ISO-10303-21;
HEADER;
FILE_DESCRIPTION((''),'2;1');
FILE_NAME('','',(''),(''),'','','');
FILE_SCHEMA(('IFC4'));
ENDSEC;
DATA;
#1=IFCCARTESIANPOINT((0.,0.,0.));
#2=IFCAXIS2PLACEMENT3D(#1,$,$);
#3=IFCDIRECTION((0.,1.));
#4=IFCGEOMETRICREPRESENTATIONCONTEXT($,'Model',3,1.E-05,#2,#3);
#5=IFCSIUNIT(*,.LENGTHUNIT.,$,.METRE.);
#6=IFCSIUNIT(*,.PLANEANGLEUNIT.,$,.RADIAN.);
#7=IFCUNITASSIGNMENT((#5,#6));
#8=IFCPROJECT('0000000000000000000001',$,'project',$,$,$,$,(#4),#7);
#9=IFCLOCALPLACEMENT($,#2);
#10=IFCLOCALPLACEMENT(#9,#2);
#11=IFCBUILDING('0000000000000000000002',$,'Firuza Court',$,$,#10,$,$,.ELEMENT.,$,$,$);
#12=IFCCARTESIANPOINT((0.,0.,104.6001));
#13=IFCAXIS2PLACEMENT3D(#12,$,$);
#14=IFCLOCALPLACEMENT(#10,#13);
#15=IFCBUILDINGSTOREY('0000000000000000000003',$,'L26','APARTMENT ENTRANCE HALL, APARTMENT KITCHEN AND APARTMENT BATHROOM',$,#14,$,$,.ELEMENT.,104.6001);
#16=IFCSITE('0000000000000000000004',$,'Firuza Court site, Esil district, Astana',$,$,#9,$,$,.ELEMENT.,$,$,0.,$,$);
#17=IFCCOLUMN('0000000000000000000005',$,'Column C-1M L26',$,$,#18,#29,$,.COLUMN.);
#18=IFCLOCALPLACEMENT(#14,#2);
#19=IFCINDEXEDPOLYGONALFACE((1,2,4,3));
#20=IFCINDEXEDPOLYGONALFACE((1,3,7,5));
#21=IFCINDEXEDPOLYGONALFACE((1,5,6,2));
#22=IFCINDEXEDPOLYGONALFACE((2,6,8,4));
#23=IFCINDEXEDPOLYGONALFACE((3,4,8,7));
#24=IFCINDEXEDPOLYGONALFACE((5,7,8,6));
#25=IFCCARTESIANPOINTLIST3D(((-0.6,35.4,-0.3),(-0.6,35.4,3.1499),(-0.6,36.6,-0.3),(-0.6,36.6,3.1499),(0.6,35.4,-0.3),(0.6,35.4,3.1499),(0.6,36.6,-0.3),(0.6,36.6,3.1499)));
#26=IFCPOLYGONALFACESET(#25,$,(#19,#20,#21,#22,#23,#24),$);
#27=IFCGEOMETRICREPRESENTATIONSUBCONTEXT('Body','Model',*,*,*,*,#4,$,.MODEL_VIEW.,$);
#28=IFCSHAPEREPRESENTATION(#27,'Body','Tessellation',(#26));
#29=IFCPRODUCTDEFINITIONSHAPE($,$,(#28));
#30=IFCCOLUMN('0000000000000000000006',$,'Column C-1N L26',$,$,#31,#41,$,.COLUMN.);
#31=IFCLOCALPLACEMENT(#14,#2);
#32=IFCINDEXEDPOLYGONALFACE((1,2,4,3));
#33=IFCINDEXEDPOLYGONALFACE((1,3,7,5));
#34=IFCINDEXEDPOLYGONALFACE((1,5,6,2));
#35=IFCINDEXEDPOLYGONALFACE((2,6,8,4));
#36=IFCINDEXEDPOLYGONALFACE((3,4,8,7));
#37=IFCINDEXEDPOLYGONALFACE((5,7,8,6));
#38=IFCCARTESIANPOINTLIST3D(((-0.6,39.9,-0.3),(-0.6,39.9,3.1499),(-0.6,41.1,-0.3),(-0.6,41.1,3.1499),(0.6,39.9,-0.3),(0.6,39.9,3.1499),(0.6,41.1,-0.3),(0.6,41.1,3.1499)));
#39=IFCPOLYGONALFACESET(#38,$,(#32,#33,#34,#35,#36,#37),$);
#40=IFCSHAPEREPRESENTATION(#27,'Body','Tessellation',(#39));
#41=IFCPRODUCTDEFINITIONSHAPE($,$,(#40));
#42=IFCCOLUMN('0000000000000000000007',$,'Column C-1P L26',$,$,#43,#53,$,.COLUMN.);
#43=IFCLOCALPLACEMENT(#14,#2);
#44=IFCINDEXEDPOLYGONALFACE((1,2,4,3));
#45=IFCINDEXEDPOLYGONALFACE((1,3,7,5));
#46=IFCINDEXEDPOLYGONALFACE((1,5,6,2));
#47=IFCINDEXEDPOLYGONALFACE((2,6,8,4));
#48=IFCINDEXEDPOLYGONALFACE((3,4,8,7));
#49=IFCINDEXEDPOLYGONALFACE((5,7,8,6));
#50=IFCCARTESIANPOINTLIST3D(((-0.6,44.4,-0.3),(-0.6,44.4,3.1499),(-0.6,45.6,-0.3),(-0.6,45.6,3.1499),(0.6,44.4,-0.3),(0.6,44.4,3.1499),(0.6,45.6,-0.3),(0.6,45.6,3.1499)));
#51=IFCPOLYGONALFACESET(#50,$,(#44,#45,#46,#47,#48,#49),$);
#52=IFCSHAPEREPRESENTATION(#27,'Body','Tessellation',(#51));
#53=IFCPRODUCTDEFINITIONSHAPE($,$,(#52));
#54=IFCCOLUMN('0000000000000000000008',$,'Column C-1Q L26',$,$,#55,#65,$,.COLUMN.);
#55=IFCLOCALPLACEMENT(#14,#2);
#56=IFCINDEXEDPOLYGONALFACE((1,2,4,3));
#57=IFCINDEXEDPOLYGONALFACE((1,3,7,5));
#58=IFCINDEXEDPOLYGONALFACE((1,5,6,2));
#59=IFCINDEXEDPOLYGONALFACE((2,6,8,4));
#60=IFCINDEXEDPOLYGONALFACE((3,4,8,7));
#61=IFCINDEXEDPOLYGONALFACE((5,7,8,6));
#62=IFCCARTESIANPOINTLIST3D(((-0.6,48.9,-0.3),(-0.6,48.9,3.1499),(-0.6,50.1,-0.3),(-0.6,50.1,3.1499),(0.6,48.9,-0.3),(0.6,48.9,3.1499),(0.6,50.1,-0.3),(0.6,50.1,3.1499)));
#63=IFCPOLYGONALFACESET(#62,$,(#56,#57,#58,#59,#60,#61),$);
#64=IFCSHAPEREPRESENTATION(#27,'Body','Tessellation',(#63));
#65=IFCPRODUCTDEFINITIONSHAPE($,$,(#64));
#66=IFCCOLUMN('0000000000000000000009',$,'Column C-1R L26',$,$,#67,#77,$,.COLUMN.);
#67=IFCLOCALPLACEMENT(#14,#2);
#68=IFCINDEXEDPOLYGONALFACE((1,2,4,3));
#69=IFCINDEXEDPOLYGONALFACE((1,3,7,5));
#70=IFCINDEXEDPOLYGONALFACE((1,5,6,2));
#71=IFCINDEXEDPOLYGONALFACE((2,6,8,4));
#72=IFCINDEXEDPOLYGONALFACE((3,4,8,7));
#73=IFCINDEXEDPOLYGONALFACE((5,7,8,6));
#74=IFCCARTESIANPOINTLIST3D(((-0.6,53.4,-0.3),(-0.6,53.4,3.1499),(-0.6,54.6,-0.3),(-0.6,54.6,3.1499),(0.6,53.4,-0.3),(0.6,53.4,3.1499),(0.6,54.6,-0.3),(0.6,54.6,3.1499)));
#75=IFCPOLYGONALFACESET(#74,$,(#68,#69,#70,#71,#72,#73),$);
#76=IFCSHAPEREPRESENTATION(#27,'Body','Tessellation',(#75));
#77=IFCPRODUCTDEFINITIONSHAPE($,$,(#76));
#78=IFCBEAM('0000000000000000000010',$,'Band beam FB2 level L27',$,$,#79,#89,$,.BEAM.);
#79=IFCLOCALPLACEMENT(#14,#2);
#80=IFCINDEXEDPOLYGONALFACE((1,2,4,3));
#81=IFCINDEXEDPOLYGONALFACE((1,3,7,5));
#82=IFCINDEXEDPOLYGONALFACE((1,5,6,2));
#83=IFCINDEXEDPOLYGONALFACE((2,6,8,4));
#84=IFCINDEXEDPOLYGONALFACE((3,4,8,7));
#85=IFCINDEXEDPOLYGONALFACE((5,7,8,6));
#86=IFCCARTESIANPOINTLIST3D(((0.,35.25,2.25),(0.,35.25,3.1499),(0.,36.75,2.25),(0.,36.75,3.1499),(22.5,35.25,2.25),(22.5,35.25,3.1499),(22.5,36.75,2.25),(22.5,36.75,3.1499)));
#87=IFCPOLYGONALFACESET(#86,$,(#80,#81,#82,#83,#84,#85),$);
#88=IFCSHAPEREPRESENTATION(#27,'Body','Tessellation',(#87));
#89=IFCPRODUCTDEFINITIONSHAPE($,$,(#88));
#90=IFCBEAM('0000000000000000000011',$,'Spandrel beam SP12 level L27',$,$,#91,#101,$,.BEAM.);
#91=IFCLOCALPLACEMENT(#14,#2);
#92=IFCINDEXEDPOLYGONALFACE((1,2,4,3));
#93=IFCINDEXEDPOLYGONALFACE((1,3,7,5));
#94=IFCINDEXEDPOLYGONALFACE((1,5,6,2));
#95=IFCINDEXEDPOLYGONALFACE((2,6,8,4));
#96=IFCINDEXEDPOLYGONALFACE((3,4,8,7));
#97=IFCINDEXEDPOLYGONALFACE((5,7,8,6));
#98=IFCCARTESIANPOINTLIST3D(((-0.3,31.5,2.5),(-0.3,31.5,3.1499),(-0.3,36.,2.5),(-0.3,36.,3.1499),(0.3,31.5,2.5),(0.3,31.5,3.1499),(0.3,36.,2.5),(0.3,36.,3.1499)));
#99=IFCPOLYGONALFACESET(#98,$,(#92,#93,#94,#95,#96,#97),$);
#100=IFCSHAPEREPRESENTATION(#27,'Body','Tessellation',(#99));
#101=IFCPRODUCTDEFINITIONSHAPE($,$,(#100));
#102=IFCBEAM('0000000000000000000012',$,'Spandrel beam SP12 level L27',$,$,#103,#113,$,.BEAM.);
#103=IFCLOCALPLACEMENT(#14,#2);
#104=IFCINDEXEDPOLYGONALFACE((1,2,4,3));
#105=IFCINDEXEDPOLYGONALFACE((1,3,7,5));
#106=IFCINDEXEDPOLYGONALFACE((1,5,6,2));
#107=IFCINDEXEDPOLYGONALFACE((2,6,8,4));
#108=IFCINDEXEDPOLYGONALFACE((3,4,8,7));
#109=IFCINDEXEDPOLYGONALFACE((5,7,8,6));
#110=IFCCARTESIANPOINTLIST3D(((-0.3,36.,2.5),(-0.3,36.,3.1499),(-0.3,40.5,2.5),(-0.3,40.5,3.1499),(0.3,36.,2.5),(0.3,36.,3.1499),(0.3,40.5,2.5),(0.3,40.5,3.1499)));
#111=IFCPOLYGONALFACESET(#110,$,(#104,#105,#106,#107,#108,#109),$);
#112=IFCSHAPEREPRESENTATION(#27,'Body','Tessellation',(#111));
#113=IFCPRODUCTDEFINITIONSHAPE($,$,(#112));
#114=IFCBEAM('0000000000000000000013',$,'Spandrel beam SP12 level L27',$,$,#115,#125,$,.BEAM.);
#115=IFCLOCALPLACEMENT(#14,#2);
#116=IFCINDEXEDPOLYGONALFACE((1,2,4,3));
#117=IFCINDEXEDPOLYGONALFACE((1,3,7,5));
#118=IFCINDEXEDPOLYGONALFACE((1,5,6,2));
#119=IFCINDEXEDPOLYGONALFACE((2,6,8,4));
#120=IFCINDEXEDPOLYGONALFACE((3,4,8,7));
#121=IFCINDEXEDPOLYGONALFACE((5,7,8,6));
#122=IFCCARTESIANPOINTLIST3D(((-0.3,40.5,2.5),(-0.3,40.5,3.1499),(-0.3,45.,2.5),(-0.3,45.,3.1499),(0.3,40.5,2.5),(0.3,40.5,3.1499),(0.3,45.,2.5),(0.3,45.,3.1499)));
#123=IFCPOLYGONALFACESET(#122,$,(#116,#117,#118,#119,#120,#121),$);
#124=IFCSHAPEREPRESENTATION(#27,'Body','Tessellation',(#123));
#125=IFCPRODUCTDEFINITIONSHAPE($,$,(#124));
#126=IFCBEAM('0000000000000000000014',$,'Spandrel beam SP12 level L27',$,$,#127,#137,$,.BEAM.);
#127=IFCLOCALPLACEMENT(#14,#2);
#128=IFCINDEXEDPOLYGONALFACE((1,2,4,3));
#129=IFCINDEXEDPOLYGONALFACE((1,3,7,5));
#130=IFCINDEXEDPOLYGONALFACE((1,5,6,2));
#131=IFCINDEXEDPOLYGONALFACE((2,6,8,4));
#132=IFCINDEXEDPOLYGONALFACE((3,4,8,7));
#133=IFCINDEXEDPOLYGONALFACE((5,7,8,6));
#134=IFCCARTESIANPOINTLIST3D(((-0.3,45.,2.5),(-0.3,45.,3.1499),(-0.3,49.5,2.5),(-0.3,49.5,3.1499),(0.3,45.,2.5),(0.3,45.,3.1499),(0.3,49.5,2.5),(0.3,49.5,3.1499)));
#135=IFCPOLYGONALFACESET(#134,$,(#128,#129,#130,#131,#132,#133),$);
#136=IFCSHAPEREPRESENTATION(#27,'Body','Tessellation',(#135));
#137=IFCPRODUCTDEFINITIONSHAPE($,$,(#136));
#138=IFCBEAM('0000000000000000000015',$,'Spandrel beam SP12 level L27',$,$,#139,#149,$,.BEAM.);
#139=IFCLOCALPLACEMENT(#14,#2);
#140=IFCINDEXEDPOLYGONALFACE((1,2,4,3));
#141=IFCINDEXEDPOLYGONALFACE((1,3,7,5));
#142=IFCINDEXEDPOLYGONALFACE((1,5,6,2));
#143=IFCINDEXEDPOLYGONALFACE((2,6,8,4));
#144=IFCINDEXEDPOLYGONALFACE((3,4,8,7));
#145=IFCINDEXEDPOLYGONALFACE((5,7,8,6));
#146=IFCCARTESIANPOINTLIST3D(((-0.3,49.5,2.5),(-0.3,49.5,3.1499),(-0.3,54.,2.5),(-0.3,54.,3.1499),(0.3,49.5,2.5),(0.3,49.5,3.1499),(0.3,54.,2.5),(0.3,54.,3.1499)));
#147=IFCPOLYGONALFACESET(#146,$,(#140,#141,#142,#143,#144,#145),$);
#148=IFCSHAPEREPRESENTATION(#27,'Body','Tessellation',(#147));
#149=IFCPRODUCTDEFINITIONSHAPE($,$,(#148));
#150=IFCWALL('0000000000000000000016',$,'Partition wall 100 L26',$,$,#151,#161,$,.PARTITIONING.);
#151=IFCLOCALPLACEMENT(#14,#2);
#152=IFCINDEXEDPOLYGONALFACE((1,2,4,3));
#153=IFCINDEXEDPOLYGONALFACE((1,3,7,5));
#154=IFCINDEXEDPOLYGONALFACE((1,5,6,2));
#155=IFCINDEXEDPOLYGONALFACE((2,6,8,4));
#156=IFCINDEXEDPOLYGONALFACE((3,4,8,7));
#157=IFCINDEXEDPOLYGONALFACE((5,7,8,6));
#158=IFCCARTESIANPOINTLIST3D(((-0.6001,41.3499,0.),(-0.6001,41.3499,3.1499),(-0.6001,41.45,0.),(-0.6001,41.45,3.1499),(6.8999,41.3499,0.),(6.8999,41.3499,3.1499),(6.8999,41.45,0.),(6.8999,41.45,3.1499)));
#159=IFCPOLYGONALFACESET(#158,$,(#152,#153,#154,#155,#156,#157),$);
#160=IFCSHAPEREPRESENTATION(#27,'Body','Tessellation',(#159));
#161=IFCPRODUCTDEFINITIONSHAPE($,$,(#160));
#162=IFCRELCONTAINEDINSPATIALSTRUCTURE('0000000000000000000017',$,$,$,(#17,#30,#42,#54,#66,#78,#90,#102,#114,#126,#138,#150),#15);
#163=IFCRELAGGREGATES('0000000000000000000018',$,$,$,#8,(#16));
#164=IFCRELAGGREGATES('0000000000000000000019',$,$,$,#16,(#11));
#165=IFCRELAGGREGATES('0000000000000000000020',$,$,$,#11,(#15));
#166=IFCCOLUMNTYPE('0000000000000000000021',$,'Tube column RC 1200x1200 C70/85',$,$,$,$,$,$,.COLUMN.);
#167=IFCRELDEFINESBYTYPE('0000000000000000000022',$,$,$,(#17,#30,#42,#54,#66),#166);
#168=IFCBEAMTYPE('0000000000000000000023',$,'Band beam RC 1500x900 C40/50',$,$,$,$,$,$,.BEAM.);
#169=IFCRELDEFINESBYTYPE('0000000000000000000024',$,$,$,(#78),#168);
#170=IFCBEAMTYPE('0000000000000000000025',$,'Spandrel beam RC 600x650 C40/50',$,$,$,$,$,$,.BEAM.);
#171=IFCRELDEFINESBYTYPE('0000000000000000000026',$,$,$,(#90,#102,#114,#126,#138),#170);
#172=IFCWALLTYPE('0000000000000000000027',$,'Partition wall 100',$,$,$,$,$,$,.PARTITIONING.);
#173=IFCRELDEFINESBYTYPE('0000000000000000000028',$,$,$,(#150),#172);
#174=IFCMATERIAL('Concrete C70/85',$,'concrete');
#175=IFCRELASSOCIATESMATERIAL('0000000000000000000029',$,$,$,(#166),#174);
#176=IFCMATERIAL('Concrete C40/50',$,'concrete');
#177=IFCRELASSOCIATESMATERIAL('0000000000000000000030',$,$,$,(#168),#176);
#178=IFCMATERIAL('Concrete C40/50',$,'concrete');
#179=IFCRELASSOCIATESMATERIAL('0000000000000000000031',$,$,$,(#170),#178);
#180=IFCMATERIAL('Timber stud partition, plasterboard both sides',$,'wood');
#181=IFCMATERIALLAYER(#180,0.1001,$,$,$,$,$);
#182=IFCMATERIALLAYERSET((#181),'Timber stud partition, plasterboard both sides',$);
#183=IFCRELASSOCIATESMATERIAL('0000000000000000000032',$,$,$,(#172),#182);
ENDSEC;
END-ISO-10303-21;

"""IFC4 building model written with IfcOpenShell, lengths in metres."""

from ifc_helpers import new_model, si_unit, direction, frame, frame_2d, origin, origin_2d, place, context, subcontext, project, spatial, rectangle, extrude, material, layer, layer_set, material_profile, profile_set, type_object, element, save


model = new_model("IFC4")

# Units and contexts
model_context = context("Model", 3, precision=1e-05, world=origin(), true_north=direction((0.0, 1.0)))
body_context = subcontext(model_context, "Body", "Model", "MODEL_VIEW")
ifc_project = project(units=[si_unit("LENGTHUNIT", "METRE"), si_unit("PLANEANGLEUNIT", "RADIAN")], contexts=[model_context])

# Site, building, storey
site_placement = place(None, origin())
site = spatial("IfcSite", under=ifc_project, at=site_placement, Name="Firuza Court site, Esil district, Astana", CompositionType="ELEMENT", RefElevation=0.0)
building_placement = place(site_placement, origin())
building = spatial("IfcBuilding", under=site, at=building_placement, Name="Firuza Court", CompositionType="ELEMENT")
storey_placement = place(building_placement, frame((0.0, 0.0, 104.6001)))
storey = spatial("IfcBuildingStorey", under=building, at=storey_placement, Name="L26", Description="APARTMENT ENTRANCE HALL, APARTMENT KITCHEN AND APARTMENT BATHROOM", CompositionType="ELEMENT", Elevation=104.6001)

# Columns
ifc_material_1 = material(Name="Concrete C70/85", Category="concrete")
ifc_material_profile_1 = material_profile(ifc_material_1, rectangle(XDim=1.2, YDim=1.2, at=origin_2d()), Name="RC 1200x1200")
ifc_profile_set_1 = profile_set([ifc_material_profile_1], Name="Concrete C70/85")
column_type = type_object("IfcColumnType", Name="Tube column RC 1200x1200 C70/85", PredefinedType="COLUMN", material=ifc_profile_set_1)
for number, where, z_axis, x_axis, name in (
    (1, (0.0, 36.0, -0.3), (0.0, 0.0, 1.0), (1.0, 0.0, 0.0), "Column C-1M L26"),
    (2, (0.0, 40.5, -0.3), (0.0, 0.0, 1.0), (1.0, 0.0, 0.0), "Column C-1N L26"),
    (3, (0.0, 45.0, -0.3), (0.0, 0.0, 1.0), (1.0, 0.0, 0.0), "Column C-1P L26"),
    (4, (0.0, 49.5, -0.3), (0.0, 0.0, 1.0), (1.0, 0.0, 0.0), "Column C-1Q L26"),
    (5, (0.0, 54.0, -0.3), (0.0, 0.0, 1.0), (1.0, 0.0, 0.0), "Column C-1R L26"),
):
    element("IfcColumn", number, at=place(storey_placement, frame(where, z_axis=z_axis, x_axis=x_axis)), inside=storey, type_object=column_type, Name=name, PredefinedType="COLUMN", context=body_context, shape_type="SweptSolid", body=[
        extrude(rectangle(XDim=1.2, YDim=1.2, at=origin_2d()), origin(), (0.0, 0.0, 1.0), 3.45),
    ])

# Beams
ifc_material_2 = material(Name="Concrete C40/50", Category="concrete")
ifc_material_profile_2 = material_profile(ifc_material_2, rectangle(XDim=1.5, YDim=0.8999, at=origin_2d()), Name="RC 1500x900")
ifc_profile_set_2 = profile_set([ifc_material_profile_2], Name="Concrete C40/50")
beam_type_1 = type_object("IfcBeamType", Name="Band beam RC 1500x900 C40/50", PredefinedType="BEAM", material=ifc_profile_set_2)
beam_placement = place(storey_placement, frame((0.0, 36.0, 2.7), z_axis=(1.0, 0.0, 0.0), x_axis=(0.0, 1.0, 0.0)))
element("IfcBeam", 6, at=beam_placement, inside=storey, type_object=beam_type_1, Name="Band beam FB2 level L27", PredefinedType="BEAM", context=body_context, shape_type="SweptSolid", body=[
    extrude(rectangle(XDim=1.5, YDim=0.8999, at=origin_2d()), origin(), (0.0, 0.0, 1.0), 22.5),
])
ifc_material_3 = material(Name="Concrete C40/50", Category="concrete")
ifc_material_profile_3 = material_profile(ifc_material_3, rectangle(XDim=0.6001, YDim=0.6499, at=origin_2d()), Name="RC 600x650")
ifc_profile_set_3 = profile_set([ifc_material_profile_3], Name="Concrete C40/50")
beam_type_2 = type_object("IfcBeamType", Name="Spandrel beam RC 600x650 C40/50", PredefinedType="BEAM", material=ifc_profile_set_3)
for number, where, z_axis, x_axis, name in (
    (7, (0.0, 36.0, 2.825), (0.0, -1.0, 0.0), (1.0, 0.0, 0.0), "Spandrel beam SP12 level L27"),
    (8, (0.0, 40.5, 2.825), (0.0, -1.0, 0.0), (1.0, 0.0, 0.0), "Spandrel beam SP12 level L27"),
    (9, (0.0, 45.0, 2.825), (0.0, -1.0, 0.0), (1.0, 0.0, 0.0), "Spandrel beam SP12 level L27"),
    (10, (0.0, 49.5, 2.825), (0.0, -1.0, 0.0), (1.0, 0.0, 0.0), "Spandrel beam SP12 level L27"),
    (11, (0.0, 54.0, 2.825), (0.0, -1.0, 0.0), (1.0, 0.0, 0.0), "Spandrel beam SP12 level L27"),
):
    element("IfcBeam", number, at=place(storey_placement, frame(where, z_axis=z_axis, x_axis=x_axis)), inside=storey, type_object=beam_type_2, Name=name, PredefinedType="BEAM", context=body_context, shape_type="SweptSolid", body=[
        extrude(rectangle(XDim=0.6001, YDim=0.6499, at=origin_2d()), origin(), (0.0, 0.0, 1.0), 4.5),
    ])

# Wall
ifc_material_4 = material(Name="Timber stud partition, plasterboard both sides", Category="wood")
ifc_layer = layer(ifc_material_4, 0.1001)
ifc_layer_set = layer_set([ifc_layer], Name="Timber stud partition, plasterboard both sides")
wall_type = type_object("IfcWallType", Name="Partition wall 100", PredefinedType="PARTITIONING", material=ifc_layer_set)
wall_placement = place(storey_placement, frame((-0.6001, 41.3999, 0.0), z_axis=(0.0, 0.0, 1.0), x_axis=(1.0, 0.0, 0.0)))
element("IfcWall", 12, at=wall_placement, inside=storey, type_object=wall_type, Name="Partition wall 100 L26", PredefinedType="PARTITIONING", context=body_context, shape_type="SweptSolid", body=[
    extrude(rectangle(XDim=7.5, YDim=0.1001, at=frame_2d((3.75, 0.0))), origin(), (0.0, 0.0, 1.0), 3.1499),
])

save(model, "model.ifc")
